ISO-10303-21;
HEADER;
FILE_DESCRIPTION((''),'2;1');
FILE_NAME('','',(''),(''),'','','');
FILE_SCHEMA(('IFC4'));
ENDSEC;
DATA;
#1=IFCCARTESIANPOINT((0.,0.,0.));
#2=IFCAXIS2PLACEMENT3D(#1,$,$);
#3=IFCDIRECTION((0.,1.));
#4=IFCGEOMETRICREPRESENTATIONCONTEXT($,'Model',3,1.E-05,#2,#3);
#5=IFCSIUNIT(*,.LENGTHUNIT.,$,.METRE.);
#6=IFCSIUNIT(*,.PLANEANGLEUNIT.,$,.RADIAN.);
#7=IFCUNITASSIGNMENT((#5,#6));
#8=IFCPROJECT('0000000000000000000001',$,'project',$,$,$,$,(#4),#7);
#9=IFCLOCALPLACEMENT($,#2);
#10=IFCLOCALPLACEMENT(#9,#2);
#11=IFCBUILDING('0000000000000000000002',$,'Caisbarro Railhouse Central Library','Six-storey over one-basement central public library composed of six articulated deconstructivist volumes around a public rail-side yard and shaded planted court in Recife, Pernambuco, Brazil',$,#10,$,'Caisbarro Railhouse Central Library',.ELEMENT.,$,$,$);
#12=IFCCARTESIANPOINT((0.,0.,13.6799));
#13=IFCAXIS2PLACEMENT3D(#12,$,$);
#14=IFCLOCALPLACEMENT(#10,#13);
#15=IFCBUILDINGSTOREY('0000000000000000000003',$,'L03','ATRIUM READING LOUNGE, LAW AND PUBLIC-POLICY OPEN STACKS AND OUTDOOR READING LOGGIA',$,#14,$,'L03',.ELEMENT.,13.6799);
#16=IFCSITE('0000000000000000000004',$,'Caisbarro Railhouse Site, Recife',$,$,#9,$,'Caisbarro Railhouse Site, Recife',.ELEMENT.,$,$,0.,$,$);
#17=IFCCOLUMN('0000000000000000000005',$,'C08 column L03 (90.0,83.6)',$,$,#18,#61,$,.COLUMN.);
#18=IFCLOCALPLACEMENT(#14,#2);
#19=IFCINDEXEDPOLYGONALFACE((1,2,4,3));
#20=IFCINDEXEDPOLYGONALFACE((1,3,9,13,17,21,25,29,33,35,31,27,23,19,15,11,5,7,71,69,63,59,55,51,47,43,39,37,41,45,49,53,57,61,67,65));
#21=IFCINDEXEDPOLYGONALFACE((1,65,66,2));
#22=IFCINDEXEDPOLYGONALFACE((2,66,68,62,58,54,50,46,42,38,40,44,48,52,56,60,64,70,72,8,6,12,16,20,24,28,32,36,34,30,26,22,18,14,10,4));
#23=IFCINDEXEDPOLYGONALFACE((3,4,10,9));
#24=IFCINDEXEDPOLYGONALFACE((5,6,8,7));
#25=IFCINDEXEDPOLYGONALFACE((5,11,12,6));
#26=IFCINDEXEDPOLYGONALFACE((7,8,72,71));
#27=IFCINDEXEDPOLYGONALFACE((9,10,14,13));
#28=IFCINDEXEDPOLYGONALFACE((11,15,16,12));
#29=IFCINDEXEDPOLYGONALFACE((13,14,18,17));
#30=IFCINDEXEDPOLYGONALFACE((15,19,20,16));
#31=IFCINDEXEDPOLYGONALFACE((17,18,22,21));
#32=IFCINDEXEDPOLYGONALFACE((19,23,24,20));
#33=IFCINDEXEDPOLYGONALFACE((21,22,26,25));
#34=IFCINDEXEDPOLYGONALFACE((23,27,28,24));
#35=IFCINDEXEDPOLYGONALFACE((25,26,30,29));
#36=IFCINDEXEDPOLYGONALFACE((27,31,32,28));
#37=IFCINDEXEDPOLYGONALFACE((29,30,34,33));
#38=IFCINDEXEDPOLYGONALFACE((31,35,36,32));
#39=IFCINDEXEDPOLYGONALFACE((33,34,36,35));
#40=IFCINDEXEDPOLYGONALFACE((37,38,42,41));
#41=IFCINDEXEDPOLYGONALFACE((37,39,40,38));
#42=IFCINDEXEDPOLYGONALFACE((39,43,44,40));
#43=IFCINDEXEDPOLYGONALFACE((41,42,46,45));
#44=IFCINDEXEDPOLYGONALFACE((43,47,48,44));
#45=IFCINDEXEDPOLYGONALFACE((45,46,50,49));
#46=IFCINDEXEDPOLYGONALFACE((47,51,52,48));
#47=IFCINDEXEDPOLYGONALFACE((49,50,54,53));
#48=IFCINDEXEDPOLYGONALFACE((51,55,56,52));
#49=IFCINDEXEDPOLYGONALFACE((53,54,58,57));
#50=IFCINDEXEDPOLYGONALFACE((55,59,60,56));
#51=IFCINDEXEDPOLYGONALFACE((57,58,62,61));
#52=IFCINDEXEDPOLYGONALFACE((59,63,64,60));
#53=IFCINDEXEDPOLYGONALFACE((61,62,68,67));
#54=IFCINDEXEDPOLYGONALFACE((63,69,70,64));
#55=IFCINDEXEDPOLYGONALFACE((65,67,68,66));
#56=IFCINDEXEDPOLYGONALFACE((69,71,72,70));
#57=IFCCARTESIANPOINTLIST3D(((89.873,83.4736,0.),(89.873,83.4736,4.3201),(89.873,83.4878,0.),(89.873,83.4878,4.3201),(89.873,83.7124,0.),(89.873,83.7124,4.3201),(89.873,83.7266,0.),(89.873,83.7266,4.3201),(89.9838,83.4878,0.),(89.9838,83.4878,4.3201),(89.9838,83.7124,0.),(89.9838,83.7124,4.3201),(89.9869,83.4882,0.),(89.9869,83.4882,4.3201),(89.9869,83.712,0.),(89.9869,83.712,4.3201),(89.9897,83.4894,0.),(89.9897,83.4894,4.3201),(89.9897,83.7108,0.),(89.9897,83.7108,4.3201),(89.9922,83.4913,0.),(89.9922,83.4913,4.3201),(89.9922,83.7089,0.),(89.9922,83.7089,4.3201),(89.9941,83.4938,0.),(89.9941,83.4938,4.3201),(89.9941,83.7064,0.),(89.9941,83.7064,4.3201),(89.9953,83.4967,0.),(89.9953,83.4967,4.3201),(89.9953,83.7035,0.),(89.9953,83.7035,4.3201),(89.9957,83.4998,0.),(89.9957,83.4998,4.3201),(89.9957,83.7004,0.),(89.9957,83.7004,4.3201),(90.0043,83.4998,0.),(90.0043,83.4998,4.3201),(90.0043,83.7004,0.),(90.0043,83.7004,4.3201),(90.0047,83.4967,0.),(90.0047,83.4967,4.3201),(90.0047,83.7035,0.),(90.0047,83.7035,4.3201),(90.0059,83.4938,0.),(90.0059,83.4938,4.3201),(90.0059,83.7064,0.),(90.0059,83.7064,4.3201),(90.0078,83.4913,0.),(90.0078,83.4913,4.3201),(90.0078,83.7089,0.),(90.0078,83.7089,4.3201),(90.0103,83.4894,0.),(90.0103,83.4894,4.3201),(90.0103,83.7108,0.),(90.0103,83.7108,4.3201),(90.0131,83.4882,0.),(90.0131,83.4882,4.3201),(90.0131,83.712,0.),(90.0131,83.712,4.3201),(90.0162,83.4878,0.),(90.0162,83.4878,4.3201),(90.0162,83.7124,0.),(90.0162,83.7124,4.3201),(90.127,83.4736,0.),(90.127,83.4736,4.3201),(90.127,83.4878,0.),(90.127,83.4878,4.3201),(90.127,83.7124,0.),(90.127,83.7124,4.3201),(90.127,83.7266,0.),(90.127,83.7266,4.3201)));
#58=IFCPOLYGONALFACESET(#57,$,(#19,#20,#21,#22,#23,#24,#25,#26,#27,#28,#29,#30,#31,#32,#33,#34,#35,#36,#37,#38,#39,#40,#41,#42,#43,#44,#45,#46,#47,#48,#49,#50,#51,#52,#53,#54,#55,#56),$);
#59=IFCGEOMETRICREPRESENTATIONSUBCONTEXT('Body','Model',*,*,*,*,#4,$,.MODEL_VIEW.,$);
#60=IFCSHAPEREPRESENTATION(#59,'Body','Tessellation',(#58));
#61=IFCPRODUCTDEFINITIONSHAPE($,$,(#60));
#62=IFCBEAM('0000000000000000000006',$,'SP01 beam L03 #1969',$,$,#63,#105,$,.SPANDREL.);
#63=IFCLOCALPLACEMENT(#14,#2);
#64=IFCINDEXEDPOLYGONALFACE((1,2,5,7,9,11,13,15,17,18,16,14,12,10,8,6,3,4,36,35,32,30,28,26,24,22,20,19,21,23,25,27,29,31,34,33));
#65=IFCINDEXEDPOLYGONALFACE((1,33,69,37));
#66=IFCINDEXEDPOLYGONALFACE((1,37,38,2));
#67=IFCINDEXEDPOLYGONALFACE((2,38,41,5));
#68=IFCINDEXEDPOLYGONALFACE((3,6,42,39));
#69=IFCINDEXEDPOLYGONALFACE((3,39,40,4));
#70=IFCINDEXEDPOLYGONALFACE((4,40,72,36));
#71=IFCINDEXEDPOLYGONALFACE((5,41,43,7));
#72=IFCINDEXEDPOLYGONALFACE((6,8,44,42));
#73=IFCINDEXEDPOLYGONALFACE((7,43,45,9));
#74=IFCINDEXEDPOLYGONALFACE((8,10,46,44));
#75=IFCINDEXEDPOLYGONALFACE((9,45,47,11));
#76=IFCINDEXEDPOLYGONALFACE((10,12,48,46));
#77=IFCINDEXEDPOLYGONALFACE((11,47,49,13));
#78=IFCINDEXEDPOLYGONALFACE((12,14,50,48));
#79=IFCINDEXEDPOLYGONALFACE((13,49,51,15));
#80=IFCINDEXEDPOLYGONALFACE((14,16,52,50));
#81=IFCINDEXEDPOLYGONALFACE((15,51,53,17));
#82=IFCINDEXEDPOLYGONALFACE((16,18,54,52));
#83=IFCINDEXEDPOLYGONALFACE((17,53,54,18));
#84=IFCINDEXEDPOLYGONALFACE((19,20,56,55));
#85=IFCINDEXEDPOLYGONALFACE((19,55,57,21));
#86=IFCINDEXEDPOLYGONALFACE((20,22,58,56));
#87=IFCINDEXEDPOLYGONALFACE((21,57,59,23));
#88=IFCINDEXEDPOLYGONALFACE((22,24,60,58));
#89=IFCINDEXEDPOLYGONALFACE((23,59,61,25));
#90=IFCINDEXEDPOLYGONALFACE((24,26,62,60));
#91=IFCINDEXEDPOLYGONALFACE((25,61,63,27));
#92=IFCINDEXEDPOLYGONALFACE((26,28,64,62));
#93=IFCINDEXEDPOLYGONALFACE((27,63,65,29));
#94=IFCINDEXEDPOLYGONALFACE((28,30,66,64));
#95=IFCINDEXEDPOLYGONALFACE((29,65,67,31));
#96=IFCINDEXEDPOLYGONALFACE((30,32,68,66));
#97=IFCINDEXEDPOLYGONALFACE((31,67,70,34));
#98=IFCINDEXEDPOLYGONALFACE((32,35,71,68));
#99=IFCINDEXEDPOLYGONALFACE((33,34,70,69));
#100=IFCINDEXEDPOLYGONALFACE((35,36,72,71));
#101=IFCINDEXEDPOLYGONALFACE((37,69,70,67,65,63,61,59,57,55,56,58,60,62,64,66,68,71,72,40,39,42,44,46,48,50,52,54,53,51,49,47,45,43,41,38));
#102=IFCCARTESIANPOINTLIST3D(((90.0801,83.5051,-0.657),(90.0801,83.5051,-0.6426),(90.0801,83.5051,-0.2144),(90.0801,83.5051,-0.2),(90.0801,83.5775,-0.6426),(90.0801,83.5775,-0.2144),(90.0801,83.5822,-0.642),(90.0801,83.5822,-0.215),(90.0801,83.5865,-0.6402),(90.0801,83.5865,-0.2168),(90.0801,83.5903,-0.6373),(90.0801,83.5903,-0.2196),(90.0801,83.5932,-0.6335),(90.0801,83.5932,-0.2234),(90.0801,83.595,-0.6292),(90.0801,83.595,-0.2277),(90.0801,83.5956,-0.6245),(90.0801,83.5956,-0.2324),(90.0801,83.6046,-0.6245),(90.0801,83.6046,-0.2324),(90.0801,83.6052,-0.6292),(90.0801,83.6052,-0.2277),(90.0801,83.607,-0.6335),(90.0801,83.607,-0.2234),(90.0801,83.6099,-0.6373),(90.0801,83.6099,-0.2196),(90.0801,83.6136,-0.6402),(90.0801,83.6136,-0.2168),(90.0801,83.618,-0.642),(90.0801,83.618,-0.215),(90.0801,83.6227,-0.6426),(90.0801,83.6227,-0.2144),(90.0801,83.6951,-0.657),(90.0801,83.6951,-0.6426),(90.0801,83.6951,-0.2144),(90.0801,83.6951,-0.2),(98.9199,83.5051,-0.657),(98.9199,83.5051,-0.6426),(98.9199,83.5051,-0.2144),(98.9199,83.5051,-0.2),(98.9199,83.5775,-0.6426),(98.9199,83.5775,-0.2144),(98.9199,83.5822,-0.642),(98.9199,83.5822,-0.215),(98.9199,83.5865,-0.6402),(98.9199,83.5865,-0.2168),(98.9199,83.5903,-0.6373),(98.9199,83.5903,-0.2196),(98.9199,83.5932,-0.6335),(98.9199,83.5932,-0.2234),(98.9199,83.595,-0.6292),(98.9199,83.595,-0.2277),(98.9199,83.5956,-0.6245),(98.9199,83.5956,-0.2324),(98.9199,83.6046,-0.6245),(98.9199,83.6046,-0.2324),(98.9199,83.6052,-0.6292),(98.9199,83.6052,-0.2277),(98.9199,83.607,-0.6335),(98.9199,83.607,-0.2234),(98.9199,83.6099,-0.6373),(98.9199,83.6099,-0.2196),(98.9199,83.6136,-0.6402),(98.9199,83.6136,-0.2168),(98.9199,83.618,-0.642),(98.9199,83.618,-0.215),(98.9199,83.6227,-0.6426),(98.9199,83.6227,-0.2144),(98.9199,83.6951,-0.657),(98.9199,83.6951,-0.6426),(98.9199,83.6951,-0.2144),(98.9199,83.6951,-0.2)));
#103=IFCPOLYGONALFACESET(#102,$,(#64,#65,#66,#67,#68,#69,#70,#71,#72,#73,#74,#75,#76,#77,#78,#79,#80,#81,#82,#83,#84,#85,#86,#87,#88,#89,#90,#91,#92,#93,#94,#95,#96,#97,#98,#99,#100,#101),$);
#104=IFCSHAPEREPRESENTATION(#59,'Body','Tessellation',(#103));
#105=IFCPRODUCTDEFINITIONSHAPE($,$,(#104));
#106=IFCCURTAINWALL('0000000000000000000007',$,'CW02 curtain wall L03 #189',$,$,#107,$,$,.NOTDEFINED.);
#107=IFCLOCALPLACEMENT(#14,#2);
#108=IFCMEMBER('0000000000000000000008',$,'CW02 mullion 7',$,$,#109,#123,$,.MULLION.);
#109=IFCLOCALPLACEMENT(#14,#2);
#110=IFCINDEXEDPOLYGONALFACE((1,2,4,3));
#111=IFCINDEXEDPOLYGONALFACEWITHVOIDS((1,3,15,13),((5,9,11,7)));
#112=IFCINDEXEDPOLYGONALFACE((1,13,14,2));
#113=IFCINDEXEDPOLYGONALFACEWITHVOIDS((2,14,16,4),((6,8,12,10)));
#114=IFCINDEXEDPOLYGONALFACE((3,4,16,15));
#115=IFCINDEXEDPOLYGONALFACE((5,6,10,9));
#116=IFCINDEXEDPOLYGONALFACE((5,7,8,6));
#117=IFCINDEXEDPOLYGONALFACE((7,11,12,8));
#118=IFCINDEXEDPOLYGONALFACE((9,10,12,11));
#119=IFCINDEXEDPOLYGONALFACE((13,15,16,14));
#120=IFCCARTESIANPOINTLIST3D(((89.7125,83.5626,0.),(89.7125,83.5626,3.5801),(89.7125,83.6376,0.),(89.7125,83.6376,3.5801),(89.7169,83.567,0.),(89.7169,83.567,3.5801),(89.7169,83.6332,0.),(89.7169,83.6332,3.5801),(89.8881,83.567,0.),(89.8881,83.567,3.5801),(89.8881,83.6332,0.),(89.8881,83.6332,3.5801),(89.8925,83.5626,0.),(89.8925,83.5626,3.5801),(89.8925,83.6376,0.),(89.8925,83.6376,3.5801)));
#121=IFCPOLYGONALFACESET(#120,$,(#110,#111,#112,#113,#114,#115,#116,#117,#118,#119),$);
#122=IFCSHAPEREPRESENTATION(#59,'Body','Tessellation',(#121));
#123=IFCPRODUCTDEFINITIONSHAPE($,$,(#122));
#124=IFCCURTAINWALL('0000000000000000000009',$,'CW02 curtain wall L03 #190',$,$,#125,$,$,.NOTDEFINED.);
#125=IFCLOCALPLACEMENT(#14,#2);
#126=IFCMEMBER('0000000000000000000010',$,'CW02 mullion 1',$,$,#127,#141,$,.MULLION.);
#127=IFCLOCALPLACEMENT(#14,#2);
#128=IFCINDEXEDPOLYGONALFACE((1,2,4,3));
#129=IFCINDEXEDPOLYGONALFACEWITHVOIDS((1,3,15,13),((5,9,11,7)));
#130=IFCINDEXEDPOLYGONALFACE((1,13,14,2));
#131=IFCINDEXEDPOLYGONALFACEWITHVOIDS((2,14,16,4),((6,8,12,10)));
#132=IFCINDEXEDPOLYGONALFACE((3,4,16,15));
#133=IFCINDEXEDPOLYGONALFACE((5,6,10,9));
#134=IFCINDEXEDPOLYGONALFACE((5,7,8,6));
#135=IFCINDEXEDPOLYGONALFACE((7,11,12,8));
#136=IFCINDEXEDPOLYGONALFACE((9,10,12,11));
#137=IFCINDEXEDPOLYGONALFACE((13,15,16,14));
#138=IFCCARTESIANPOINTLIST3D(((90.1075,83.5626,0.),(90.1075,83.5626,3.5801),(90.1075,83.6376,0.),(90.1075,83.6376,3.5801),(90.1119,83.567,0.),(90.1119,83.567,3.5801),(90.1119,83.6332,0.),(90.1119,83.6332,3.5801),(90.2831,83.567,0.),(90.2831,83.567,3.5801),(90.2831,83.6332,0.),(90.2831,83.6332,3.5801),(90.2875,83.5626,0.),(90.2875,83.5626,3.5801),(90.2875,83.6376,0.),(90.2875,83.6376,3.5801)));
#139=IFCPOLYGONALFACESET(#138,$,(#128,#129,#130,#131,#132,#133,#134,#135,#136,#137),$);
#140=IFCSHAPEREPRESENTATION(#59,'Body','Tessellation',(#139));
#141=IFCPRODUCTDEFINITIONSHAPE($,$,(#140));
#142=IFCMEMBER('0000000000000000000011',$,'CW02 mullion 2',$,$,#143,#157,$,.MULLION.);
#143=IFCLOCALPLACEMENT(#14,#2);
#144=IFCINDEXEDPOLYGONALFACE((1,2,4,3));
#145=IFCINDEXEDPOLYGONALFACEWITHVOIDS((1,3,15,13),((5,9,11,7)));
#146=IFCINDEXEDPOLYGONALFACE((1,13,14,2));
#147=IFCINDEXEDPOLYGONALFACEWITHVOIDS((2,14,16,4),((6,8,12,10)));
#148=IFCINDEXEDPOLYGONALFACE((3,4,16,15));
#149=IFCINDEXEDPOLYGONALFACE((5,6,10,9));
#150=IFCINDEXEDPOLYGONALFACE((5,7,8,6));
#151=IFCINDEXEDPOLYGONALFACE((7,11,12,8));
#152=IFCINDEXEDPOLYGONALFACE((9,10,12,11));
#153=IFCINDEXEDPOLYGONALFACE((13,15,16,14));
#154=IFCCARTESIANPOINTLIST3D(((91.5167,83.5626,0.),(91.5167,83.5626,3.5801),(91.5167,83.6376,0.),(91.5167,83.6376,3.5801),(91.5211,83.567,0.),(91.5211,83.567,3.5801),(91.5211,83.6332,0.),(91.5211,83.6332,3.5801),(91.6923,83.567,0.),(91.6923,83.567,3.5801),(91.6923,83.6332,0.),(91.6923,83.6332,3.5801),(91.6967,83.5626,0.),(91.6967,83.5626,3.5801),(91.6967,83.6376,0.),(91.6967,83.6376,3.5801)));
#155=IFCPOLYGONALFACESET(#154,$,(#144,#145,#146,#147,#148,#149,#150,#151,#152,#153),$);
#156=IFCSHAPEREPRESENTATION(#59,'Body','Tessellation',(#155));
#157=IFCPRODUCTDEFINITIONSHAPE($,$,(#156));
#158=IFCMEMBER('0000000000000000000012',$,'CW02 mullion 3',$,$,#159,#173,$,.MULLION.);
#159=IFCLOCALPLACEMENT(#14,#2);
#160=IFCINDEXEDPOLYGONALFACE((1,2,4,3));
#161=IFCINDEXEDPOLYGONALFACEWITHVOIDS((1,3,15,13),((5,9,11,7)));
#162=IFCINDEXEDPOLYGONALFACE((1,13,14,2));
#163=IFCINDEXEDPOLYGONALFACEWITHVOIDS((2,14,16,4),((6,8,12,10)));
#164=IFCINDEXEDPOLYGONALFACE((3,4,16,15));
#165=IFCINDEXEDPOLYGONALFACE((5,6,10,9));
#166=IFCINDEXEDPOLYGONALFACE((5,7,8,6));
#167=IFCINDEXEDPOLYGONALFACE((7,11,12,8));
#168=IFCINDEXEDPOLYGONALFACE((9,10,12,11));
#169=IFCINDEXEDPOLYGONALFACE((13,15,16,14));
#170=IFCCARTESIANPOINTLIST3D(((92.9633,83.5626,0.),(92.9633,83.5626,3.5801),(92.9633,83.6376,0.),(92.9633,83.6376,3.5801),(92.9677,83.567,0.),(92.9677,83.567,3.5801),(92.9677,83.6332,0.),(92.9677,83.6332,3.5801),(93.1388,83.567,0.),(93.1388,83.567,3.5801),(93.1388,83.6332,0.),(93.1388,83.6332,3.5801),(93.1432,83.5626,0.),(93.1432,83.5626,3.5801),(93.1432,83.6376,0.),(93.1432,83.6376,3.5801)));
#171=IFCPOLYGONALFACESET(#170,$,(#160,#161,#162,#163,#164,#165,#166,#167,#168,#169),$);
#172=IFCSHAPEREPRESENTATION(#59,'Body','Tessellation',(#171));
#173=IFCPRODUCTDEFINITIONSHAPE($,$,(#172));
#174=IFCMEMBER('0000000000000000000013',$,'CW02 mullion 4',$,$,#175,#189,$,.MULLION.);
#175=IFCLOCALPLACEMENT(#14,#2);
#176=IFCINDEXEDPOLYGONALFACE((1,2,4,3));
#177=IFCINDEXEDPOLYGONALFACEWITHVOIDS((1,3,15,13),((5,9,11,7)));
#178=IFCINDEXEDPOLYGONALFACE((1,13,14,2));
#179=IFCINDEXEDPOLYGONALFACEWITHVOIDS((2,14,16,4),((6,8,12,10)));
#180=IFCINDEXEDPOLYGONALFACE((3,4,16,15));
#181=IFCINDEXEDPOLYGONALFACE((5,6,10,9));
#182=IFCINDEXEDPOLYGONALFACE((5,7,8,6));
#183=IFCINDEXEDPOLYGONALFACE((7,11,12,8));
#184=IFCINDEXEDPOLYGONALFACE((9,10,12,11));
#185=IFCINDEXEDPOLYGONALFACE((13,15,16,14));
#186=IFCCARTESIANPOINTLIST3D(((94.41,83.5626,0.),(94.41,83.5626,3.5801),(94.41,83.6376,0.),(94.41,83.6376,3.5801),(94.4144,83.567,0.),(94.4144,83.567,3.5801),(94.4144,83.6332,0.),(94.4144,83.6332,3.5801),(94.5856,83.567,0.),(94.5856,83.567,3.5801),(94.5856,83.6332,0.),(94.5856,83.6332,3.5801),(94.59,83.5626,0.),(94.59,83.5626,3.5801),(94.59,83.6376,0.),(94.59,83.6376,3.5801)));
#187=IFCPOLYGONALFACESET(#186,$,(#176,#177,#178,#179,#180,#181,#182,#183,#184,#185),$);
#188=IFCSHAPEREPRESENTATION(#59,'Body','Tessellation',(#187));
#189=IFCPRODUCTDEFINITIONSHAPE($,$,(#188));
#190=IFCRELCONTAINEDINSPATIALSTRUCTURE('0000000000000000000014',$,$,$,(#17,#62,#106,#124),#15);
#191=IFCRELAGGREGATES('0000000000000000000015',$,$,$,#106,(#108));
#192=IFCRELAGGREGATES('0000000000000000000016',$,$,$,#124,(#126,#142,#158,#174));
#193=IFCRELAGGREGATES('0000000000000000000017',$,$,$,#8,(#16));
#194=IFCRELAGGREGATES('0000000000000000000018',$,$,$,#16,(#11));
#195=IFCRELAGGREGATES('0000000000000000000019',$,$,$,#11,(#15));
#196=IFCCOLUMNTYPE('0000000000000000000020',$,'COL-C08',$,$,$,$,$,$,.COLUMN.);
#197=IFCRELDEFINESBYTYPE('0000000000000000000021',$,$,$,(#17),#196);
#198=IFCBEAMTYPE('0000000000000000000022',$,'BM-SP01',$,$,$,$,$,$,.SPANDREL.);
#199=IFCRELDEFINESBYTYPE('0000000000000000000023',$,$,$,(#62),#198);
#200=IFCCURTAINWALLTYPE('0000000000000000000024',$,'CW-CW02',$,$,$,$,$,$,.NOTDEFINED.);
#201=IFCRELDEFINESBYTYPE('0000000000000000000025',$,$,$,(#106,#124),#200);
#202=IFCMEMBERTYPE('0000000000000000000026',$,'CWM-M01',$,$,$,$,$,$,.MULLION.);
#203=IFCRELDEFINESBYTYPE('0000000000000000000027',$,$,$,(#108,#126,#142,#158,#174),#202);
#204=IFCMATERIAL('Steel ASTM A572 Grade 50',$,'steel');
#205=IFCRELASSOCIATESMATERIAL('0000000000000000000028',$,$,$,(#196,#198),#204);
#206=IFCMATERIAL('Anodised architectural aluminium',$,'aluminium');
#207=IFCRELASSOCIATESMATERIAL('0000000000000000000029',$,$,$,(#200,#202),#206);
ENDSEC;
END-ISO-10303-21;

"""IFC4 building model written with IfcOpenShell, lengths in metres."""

from ifc_helpers import new_model, si_unit, direction, frame, origin, origin_2d, place, context, subcontext, project, spatial, hollow_rectangle, i_section, extrude, material, material_profile, profile_set, type_object, element, aggregate, save


model = new_model("IFC4")

# Units and contexts
model_context = context("Model", 3, precision=1e-05, world=origin(), true_north=direction((0.0, 1.0)))
body_context = subcontext(model_context, "Body", "Model", "MODEL_VIEW")
ifc_project = project(units=[si_unit("LENGTHUNIT", "METRE"), si_unit("PLANEANGLEUNIT", "RADIAN")], contexts=[model_context])

# Site, building, storey
site_placement = place(None, origin())
site = spatial("IfcSite", under=ifc_project, at=site_placement, Name="Caisbarro Railhouse Site, Recife", LongName="Caisbarro Railhouse Site, Recife", CompositionType="ELEMENT", RefElevation=0.0)
building_placement = place(site_placement, origin())
building = spatial("IfcBuilding", under=site, at=building_placement, Name="Caisbarro Railhouse Central Library", Description="Six-storey over one-basement central public library composed of six articulated deconstructivist volumes around a public rail-side yard and shaded planted court in Recife, Pernambuco, Brazil", LongName="Caisbarro Railhouse Central Library", CompositionType="ELEMENT")
storey_placement = place(building_placement, frame((0.0, 0.0, 13.6799)))
storey = spatial("IfcBuildingStorey", under=building, at=storey_placement, Name="L03", Description="ATRIUM READING LOUNGE, LAW AND PUBLIC-POLICY OPEN STACKS AND OUTDOOR READING LOGGIA", LongName="L03", CompositionType="ELEMENT", Elevation=13.6799)

# Column
ifc_material_1 = material(Name="Steel ASTM A572 Grade 50", Category="steel")
ifc_material_profile_1 = material_profile(ifc_material_1, i_section(OverallWidth=0.2539, OverallDepth=0.2529, WebThickness=0.0085, FlangeThickness=0.0142, FilletRadius=0.012, at=origin_2d()), Name="W250X73.0")
ifc_profile_set_1 = profile_set([ifc_material_profile_1], Name="Steel ASTM A572 Grade 50")
column_type = type_object("IfcColumnType", Name="COL-C08", PredefinedType="COLUMN", material=ifc_profile_set_1)
column_placement = place(storey_placement, frame((90.0, 83.6001, 0.0), z_axis=(0.0, 0.0, 1.0), x_axis=(1.0, 0.0, 0.0)))
element("IfcColumn", 1, at=column_placement, inside=storey, type_object=column_type, Name="C08 column L03 (90.0,83.6)", PredefinedType="COLUMN", context=body_context, shape_type="SweptSolid", body=[
    extrude(i_section(OverallWidth=0.2539, OverallDepth=0.2529, WebThickness=0.0085, FlangeThickness=0.0142, FilletRadius=0.012, at=origin_2d()), origin(), (0.0, 0.0, 1.0), 4.3201),
])

# Beam
ifc_material_profile_2 = material_profile(ifc_material_1, i_section(OverallWidth=0.1899, OverallDepth=0.457, WebThickness=0.009, FlangeThickness=0.0144, FilletRadius=0.0181, at=origin_2d()), Name="W460X74.0")
ifc_profile_set_2 = profile_set([ifc_material_profile_2], Name="Steel ASTM A572 Grade 50")
beam_type = type_object("IfcBeamType", Name="BM-SP01", PredefinedType="SPANDREL", material=ifc_profile_set_2)
beam_placement = place(storey_placement, frame((90.0801, 83.6001, -0.4285), z_axis=(1.0, 0.0, 0.0), x_axis=(0.0, 1.0, 0.0)))
element("IfcBeam", 2, at=beam_placement, inside=storey, type_object=beam_type, Name="SP01 beam L03 #1969", PredefinedType="SPANDREL", context=body_context, shape_type="SweptSolid", body=[
    extrude(i_section(OverallWidth=0.1899, OverallDepth=0.457, WebThickness=0.009, FlangeThickness=0.0144, FilletRadius=0.0181, at=origin_2d()), origin(), (0.0, 0.0, 1.0), 8.8398),
])

# Curtain wall, member
ifc_material_2 = material(Name="Anodised architectural aluminium", Category="aluminium")
curtain_wall_type = type_object("IfcCurtainWallType", Name="CW-CW02", PredefinedType="NOTDEFINED", material=ifc_material_2)
curtain_wall_1_placement = place(storey_placement, origin())
curtain_wall_1 = element("IfcCurtainWall", 3, at=curtain_wall_1_placement, inside=storey, type_object=curtain_wall_type, Name="CW02 curtain wall L03 #189", PredefinedType="NOTDEFINED")
ifc_material_profile_3 = material_profile(ifc_material_2, hollow_rectangle(XDim=0.075, YDim=0.1799, WallThickness=0.0044, at=origin_2d()), Name="ALU-MUL-75X180")
ifc_profile_set_3 = profile_set([ifc_material_profile_3], Name="Anodised architectural aluminium")
member_type_1 = type_object("IfcMemberType", Name="CWM-M01", PredefinedType="MULLION", material=ifc_profile_set_3)
member_1_placement = place(storey_placement, frame((89.8025, 83.6001, 0.0), z_axis=(0.0, 0.0, 1.0), x_axis=(0.0, 1.0, 0.0)))
member_1 = element("IfcMember", 4, at=member_1_placement, type_object=member_type_1, Name="CW02 mullion 7", PredefinedType="MULLION", context=body_context, shape_type="SweptSolid", body=[
    extrude(hollow_rectangle(XDim=0.075, YDim=0.1799, WallThickness=0.0044, at=origin_2d()), origin(), (0.0, 0.0, 1.0), 3.5801),
])

# Curtain wall, members
curtain_wall_2_placement = place(storey_placement, origin())
curtain_wall_2 = element("IfcCurtainWall", 5, at=curtain_wall_2_placement, inside=storey, type_object=curtain_wall_type, Name="CW02 curtain wall L03 #190", PredefinedType="NOTDEFINED")
member_2_placement = place(storey_placement, frame((90.1975, 83.6001, 0.0), z_axis=(0.0, 0.0, 1.0), x_axis=(0.0, 1.0, 0.0)))
member_2 = element("IfcMember", 6, at=member_2_placement, type_object=member_type_1, Name="CW02 mullion 1", PredefinedType="MULLION", context=body_context, shape_type="SweptSolid", body=[
    extrude(hollow_rectangle(XDim=0.075, YDim=0.1799, WallThickness=0.0044, at=origin_2d()), origin(), (0.0, 0.0, 1.0), 3.5801),
])
member_3_placement = place(storey_placement, frame((91.6067, 83.6001, 0.0), z_axis=(0.0, 0.0, 1.0), x_axis=(0.0, 1.0, 0.0)))
member_3 = element("IfcMember", 7, at=member_3_placement, type_object=member_type_1, Name="CW02 mullion 2", PredefinedType="MULLION", context=body_context, shape_type="SweptSolid", body=[
    extrude(hollow_rectangle(XDim=0.075, YDim=0.1799, WallThickness=0.0044, at=origin_2d()), origin(), (0.0, 0.0, 1.0), 3.5801),
])
member_4_placement = place(storey_placement, frame((93.0532, 83.6001, 0.0), z_axis=(0.0, 0.0, 1.0), x_axis=(0.0, 1.0, 0.0)))
member_4 = element("IfcMember", 8, at=member_4_placement, type_object=member_type_1, Name="CW02 mullion 3", PredefinedType="MULLION", context=body_context, shape_type="SweptSolid", body=[
    extrude(hollow_rectangle(XDim=0.075, YDim=0.1799, WallThickness=0.0044, at=origin_2d()), origin(), (0.0, 0.0, 1.0), 3.5801),
])
member_5_placement = place(storey_placement, frame((94.5, 83.6001, 0.0), z_axis=(0.0, 0.0, 1.0), x_axis=(0.0, 1.0, 0.0)))
member_5 = element("IfcMember", 9, at=member_5_placement, type_object=member_type_1, Name="CW02 mullion 4", PredefinedType="MULLION", context=body_context, shape_type="SweptSolid", body=[
    extrude(hollow_rectangle(XDim=0.075, YDim=0.1799, WallThickness=0.0044, at=origin_2d()), origin(), (0.0, 0.0, 1.0), 3.5801),
])

aggregate(curtain_wall_1, [member_1])
aggregate(curtain_wall_2, [member_2, member_3, member_4, member_5])

save(model, "model.ifc")
